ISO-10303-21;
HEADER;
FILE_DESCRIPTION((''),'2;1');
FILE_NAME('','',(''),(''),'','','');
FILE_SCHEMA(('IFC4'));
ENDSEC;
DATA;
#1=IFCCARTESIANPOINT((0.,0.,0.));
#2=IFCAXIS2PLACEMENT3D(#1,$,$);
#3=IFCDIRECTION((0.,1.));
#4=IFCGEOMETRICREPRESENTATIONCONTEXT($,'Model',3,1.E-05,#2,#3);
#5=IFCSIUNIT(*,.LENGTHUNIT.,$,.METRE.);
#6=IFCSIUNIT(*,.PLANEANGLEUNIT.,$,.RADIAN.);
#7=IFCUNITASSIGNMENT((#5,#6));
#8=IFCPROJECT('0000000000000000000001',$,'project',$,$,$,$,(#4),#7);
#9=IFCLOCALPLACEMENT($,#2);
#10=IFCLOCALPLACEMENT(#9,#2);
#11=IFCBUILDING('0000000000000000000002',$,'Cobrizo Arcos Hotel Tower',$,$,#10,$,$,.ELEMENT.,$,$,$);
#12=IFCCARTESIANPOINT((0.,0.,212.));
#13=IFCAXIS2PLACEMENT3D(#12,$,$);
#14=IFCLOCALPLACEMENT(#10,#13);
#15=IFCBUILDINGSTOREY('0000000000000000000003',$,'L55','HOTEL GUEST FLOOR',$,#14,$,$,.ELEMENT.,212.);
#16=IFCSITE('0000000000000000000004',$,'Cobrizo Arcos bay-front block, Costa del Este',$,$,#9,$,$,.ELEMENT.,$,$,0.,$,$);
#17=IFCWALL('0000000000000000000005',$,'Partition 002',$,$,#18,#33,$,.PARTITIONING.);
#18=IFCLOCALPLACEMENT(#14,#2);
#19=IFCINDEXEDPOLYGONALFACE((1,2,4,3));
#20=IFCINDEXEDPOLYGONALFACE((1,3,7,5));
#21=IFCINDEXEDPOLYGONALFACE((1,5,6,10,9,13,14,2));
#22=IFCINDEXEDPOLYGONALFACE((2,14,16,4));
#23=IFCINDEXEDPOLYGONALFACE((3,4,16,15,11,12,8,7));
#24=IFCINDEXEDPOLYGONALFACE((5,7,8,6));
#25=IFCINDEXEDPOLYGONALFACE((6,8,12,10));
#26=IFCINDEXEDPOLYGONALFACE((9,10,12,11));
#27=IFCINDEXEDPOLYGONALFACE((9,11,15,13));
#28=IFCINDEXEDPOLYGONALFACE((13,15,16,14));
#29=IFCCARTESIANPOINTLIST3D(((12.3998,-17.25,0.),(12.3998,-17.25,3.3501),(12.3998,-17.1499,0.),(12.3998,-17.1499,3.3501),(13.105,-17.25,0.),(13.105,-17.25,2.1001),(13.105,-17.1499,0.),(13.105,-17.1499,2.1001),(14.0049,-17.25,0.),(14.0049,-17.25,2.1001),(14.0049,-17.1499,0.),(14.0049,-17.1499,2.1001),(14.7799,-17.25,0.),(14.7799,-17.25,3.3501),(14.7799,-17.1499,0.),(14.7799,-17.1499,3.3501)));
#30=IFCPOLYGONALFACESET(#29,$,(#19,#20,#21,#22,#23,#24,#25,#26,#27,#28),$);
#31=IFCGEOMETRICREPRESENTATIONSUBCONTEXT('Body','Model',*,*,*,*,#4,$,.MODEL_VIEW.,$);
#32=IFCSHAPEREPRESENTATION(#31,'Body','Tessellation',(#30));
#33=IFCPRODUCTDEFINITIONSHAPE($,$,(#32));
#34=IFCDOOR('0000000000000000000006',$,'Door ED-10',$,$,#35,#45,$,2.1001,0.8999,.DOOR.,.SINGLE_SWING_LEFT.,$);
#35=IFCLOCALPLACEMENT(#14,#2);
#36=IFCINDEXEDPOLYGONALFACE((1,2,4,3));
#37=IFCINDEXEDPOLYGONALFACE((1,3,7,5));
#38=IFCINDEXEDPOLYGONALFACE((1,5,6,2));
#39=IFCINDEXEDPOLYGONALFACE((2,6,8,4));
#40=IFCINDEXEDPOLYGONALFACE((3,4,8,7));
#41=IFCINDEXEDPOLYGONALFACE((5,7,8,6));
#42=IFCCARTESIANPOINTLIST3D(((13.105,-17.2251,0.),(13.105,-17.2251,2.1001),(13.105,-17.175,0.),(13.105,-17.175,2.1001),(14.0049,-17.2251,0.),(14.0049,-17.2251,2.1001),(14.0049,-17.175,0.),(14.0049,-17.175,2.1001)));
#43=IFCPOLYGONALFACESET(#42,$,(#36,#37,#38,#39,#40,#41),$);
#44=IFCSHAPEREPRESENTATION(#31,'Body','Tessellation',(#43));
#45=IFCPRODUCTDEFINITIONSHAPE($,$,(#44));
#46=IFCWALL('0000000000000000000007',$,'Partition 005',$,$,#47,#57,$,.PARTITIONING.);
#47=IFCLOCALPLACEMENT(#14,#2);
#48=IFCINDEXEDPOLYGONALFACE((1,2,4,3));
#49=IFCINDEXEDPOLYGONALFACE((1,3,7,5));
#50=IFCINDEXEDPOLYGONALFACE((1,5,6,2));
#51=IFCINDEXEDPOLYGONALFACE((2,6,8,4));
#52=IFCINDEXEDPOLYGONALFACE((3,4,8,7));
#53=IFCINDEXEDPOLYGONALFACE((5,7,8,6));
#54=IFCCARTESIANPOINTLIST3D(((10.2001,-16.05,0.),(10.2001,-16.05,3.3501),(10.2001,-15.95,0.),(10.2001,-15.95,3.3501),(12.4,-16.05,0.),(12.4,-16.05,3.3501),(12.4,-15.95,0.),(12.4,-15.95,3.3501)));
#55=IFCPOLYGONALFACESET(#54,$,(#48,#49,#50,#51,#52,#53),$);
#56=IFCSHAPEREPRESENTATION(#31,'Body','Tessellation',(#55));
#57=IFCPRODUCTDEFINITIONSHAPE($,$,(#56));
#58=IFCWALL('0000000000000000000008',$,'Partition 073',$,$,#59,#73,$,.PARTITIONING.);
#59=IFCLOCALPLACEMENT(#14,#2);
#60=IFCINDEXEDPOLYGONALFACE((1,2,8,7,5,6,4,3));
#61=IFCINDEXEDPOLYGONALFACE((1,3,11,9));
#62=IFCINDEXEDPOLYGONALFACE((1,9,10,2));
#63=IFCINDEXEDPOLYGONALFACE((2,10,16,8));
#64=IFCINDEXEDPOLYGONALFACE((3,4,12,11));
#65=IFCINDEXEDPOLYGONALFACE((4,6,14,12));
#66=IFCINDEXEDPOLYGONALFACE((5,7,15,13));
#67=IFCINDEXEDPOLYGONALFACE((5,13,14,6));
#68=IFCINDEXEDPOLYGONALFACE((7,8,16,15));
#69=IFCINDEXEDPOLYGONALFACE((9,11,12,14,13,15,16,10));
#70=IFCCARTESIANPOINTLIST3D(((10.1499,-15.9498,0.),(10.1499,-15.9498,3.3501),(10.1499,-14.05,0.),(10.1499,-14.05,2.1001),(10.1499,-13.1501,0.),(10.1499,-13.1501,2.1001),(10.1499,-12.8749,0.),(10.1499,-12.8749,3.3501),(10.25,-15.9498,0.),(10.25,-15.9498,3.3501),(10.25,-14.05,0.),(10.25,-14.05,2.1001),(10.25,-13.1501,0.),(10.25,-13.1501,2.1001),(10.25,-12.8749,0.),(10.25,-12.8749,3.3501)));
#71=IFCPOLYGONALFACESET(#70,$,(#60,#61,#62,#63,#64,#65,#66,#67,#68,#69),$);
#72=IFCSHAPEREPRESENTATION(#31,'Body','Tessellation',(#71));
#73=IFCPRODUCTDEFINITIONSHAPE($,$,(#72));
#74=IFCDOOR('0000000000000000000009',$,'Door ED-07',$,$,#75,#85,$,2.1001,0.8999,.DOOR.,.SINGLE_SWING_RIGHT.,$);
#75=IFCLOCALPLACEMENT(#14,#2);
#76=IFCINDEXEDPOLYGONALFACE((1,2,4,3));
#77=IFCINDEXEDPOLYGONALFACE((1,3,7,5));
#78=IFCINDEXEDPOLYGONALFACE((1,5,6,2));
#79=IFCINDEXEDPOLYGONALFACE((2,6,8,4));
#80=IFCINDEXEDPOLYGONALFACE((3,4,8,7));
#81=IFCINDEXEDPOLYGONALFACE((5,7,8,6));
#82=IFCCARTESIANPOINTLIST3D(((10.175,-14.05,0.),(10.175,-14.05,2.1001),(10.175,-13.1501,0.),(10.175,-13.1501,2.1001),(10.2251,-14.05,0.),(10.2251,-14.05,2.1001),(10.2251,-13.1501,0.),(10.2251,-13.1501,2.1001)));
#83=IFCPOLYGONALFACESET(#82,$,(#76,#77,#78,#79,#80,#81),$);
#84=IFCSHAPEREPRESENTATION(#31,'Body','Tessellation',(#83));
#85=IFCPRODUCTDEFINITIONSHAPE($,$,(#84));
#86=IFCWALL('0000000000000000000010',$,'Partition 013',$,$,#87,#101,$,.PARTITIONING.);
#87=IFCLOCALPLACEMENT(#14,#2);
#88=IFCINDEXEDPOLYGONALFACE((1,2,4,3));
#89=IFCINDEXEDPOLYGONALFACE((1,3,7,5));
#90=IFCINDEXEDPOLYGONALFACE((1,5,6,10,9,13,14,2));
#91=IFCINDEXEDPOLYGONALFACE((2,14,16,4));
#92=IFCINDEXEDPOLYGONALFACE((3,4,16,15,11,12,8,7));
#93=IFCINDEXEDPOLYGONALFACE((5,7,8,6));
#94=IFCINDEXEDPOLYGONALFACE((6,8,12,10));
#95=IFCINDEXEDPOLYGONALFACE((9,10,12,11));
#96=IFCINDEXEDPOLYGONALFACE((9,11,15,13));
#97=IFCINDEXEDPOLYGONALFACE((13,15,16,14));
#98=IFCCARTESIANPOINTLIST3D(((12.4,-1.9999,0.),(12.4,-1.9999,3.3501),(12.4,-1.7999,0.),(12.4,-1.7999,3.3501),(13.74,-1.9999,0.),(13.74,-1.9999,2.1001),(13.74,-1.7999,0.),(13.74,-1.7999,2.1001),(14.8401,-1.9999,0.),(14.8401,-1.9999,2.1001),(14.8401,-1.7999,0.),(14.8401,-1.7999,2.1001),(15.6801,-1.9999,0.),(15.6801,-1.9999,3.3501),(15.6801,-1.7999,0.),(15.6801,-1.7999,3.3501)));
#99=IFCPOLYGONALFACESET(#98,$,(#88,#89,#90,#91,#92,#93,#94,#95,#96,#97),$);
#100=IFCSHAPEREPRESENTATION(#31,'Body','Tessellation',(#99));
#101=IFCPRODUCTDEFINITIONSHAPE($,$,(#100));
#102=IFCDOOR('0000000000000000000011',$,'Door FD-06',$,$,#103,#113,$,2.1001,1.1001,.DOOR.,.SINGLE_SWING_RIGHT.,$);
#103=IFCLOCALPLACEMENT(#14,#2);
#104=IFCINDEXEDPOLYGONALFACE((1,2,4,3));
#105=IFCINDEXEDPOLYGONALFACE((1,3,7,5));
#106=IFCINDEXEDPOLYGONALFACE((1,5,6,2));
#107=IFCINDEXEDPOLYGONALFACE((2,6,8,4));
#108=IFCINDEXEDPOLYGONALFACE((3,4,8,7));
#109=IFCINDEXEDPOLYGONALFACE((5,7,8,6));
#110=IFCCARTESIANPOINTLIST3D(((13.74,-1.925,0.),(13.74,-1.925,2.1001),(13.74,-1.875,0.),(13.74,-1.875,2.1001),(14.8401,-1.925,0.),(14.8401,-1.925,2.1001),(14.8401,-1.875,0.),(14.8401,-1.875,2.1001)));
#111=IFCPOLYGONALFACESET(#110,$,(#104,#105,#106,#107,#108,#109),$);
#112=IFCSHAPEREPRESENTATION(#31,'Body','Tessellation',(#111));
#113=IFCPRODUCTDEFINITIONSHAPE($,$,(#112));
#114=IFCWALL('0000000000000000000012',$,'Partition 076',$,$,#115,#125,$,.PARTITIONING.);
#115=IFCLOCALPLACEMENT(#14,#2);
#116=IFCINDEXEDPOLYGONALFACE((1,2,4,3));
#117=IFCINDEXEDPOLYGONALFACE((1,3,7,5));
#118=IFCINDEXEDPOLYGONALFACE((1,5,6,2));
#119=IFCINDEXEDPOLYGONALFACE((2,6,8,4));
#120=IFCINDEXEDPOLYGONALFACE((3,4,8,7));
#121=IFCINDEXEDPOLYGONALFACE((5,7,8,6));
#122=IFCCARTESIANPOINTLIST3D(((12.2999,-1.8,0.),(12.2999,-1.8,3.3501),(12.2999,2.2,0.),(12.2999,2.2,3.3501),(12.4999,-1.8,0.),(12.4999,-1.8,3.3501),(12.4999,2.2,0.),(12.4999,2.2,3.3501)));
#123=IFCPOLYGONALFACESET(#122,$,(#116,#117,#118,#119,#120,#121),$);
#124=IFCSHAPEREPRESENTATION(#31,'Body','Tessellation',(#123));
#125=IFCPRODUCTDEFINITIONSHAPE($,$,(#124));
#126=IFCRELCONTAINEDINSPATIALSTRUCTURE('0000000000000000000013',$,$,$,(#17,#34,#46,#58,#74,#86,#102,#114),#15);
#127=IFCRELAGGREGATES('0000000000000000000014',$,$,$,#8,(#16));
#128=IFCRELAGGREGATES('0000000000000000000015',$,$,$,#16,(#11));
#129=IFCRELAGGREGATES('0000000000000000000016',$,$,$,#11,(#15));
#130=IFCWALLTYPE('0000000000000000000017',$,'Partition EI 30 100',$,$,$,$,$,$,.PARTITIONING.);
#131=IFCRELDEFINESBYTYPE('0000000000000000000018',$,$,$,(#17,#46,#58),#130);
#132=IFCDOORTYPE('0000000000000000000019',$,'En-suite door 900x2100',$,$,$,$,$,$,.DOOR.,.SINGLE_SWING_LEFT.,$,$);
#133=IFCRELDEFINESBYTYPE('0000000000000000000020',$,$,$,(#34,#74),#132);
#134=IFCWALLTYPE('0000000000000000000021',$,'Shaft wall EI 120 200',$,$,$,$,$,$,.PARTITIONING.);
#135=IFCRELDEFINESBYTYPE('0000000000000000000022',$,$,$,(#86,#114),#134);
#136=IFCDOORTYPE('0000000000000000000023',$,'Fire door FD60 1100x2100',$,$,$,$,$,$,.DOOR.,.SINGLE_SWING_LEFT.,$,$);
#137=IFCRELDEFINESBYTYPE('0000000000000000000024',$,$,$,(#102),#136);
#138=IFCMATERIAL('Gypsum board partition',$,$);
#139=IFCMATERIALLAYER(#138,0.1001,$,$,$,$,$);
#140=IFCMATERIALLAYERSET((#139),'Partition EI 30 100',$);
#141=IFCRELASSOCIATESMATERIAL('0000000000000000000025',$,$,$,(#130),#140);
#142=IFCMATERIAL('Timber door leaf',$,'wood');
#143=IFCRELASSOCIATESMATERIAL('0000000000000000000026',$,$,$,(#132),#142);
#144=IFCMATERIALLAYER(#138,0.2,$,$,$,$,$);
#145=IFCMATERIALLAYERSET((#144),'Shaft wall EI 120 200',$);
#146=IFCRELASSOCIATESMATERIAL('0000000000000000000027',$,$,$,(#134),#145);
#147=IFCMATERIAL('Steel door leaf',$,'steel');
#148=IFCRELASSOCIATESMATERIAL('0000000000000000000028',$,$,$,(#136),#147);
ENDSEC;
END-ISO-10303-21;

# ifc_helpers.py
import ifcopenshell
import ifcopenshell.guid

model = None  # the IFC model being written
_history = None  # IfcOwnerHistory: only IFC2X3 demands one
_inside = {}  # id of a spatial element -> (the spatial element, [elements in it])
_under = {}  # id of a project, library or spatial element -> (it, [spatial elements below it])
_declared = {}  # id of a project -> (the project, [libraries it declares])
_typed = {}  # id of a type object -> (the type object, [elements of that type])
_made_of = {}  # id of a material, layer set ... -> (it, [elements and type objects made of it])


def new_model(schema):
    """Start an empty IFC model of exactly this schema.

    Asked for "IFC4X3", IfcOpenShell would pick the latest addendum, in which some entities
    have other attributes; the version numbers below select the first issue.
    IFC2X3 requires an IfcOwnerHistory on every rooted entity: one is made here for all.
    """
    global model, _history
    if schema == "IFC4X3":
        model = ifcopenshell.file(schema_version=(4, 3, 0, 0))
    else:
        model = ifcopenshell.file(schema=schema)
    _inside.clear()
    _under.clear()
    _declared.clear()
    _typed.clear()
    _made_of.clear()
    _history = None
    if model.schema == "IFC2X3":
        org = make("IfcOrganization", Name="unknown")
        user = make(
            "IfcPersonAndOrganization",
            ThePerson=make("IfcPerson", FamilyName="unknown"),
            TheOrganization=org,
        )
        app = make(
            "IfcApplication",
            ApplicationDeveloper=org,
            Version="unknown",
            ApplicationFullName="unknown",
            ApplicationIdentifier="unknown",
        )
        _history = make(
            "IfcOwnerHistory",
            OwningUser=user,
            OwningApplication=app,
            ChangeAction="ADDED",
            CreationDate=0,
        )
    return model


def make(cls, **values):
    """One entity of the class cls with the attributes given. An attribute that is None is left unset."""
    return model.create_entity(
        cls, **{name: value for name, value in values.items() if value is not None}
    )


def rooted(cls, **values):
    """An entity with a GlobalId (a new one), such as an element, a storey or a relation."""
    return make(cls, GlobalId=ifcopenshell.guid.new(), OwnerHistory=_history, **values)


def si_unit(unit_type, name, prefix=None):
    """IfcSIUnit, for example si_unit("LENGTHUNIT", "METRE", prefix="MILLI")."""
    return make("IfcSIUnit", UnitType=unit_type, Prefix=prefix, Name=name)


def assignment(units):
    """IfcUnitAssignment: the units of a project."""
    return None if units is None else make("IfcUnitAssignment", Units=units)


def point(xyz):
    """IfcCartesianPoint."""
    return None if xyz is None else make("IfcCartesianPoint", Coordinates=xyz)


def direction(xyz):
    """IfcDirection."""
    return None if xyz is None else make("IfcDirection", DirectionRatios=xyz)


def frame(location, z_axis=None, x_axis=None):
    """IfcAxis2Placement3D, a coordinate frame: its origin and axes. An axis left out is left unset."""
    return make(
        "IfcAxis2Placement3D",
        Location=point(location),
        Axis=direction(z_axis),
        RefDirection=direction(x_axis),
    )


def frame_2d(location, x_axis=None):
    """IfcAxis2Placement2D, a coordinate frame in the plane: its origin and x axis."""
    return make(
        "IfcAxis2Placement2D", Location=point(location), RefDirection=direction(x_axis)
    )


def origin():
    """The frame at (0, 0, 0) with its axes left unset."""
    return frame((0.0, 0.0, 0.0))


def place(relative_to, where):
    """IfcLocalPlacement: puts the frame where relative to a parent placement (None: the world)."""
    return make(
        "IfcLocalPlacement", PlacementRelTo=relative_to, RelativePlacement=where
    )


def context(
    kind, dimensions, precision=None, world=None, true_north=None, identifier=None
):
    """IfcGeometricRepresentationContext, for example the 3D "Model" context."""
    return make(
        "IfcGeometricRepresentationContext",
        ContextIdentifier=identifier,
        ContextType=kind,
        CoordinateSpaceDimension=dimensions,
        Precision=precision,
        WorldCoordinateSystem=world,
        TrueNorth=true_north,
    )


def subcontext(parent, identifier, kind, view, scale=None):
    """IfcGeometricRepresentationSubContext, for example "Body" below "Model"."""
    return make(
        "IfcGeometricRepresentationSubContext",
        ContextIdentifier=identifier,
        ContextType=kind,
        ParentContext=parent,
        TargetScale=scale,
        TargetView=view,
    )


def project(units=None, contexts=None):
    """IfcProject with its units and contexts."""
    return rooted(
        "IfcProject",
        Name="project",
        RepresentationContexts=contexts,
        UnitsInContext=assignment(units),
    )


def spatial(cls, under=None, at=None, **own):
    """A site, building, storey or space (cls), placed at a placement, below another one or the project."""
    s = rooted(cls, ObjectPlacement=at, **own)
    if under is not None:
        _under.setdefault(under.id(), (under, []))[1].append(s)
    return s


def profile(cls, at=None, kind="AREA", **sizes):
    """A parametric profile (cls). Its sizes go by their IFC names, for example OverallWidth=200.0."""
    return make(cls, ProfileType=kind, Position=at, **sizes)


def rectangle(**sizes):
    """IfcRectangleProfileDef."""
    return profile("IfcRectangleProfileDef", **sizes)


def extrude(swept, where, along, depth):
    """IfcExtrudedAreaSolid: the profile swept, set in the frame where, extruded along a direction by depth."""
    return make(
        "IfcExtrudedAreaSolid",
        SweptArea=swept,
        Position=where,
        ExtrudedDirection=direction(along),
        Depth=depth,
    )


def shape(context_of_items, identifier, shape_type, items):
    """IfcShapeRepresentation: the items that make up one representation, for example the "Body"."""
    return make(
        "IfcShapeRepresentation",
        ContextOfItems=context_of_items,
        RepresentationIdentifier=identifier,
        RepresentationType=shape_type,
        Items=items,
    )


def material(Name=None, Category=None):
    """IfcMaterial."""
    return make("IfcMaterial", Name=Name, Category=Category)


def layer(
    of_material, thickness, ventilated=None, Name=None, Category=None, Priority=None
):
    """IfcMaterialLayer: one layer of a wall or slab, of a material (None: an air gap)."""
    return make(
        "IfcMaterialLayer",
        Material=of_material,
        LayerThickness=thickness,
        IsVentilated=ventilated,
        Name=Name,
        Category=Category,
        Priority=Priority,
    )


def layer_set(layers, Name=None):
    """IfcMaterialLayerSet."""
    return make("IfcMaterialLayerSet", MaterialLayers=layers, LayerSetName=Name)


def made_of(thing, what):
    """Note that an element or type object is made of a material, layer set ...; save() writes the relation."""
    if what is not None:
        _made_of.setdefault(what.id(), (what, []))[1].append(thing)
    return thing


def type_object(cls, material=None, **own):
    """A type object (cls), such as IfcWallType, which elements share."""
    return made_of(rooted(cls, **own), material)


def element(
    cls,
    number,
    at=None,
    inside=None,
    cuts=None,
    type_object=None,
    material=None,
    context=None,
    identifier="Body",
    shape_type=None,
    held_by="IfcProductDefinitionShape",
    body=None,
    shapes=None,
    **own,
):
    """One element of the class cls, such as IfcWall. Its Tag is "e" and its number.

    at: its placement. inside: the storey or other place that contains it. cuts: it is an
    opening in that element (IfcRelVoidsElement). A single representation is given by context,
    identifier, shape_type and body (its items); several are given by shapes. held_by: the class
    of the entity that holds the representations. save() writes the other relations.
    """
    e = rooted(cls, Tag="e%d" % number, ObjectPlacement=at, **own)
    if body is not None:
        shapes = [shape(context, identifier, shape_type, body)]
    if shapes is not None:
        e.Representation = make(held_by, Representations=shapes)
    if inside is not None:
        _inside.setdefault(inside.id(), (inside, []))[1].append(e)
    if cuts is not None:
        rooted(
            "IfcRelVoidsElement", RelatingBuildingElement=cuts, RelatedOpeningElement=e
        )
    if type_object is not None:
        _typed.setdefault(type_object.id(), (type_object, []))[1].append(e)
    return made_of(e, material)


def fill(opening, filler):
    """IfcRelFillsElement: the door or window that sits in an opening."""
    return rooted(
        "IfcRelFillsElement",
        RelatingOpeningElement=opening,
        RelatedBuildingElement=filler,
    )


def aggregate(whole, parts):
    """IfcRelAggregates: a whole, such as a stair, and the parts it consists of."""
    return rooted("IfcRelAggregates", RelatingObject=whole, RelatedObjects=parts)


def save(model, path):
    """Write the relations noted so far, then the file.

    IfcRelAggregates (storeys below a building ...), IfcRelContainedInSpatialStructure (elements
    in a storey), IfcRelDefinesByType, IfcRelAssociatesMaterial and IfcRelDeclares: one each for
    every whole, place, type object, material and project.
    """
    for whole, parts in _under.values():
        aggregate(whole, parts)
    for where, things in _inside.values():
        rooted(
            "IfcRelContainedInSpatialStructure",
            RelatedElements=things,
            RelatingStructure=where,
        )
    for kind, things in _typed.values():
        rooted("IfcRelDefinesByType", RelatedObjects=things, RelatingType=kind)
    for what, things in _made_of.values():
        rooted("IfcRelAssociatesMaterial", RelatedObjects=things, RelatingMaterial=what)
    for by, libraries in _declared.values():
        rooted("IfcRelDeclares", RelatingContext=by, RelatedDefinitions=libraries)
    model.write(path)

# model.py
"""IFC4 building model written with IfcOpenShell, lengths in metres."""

from ifc_helpers import new_model, si_unit, direction, frame, frame_2d, origin, place, context, subcontext, project, spatial, rectangle, extrude, material, layer, layer_set, type_object, element, fill, save


model = new_model("IFC4")

# Units and contexts
model_context = context("Model", 3, precision=1e-05, world=origin(), true_north=direction((0.0, 1.0)))
body_context = subcontext(model_context, "Body", "Model", "MODEL_VIEW")
ifc_project = project(units=[si_unit("LENGTHUNIT", "METRE"), si_unit("PLANEANGLEUNIT", "RADIAN")], contexts=[model_context])

# Site, building, storey
site_placement = place(None, origin())
site = spatial("IfcSite", under=ifc_project, at=site_placement, Name="Cobrizo Arcos bay-front block, Costa del Este", CompositionType="ELEMENT", RefElevation=0.0)
building_placement = place(site_placement, origin())
building = spatial("IfcBuilding", under=site, at=building_placement, Name="Cobrizo Arcos Hotel Tower", CompositionType="ELEMENT")
storey_placement = place(building_placement, frame((0.0, 0.0, 212.0)))
storey = spatial("IfcBuildingStorey", under=building, at=storey_placement, Name="L55", Description="HOTEL GUEST FLOOR", CompositionType="ELEMENT", Elevation=212.0)

# Shared definitions
ifc_material_1 = material(Name="Gypsum board partition")

# Shared definitions
ifc_material_2 = material(Name="Timber door leaf", Category="wood")

# Wall, opening, door
ifc_layer_1 = layer(ifc_material_1, 0.1001)
ifc_layer_set_1 = layer_set([ifc_layer_1], Name="Partition EI 30 100")
wall_type_1 = type_object("IfcWallType", Name="Partition EI 30 100", PredefinedType="PARTITIONING", material=ifc_layer_set_1)
wall_1_placement = place(storey_placement, frame((12.3999, -17.2, 0.0), z_axis=(0.0, 0.0, 1.0), x_axis=(1.0, 0.0, 0.0)))
wall_1 = element("IfcWall", 1, at=wall_1_placement, inside=storey, type_object=wall_type_1, Name="Partition 002", PredefinedType="PARTITIONING", context=body_context, shape_type="SweptSolid", body=[
    extrude(rectangle(XDim=2.3801, YDim=0.1001, at=frame_2d((1.1899, 0.0))), origin(), (0.0, 0.0, 1.0), 3.3501),
])
opening_1_placement = place(wall_1_placement, frame((0.7051, 0.0, 0.0)))
opening_1 = element("IfcOpeningElement", 2, at=opening_1_placement, cuts=wall_1, PredefinedType="OPENING", context=body_context, shape_type="SweptSolid", body=[
    extrude(rectangle(XDim=0.8999, YDim=2.1001, at=frame_2d((0.45, 1.05))), frame((0.0, 0.062, 0.0), z_axis=(0.0, -1.0, 0.0), x_axis=(1.0, 0.0, 0.0)), (0.0, 0.0, 1.0), 0.124),
])
door_type_1 = type_object("IfcDoorType", Name="En-suite door 900x2100", OperationType="SINGLE_SWING_LEFT", PredefinedType="DOOR", material=ifc_material_2)
door_1_placement = place(opening_1_placement, origin())
door_1 = element("IfcDoor", 3, at=door_1_placement, inside=storey, type_object=door_type_1, Name="Door ED-10", OperationType="SINGLE_SWING_LEFT", OverallHeight=2.1001, OverallWidth=0.8999, PredefinedType="DOOR", context=body_context, shape_type="SweptSolid", body=[
    extrude(rectangle(XDim=0.8999, YDim=2.1001, at=frame_2d((0.45, 1.05))), frame((0.0, 0.0249, 0.0), z_axis=(0.0, -1.0, 0.0), x_axis=(1.0, 0.0, 0.0)), (0.0, 0.0, 1.0), 0.05),
])
fill(opening_1, door_1)

# Wall
wall_2_placement = place(storey_placement, frame((10.2, -16.0, 0.0), z_axis=(0.0, 0.0, 1.0), x_axis=(1.0, 0.0, 0.0)))
element("IfcWall", 4, at=wall_2_placement, inside=storey, type_object=wall_type_1, Name="Partition 005", PredefinedType="PARTITIONING", context=body_context, shape_type="SweptSolid", body=[
    extrude(rectangle(XDim=2.2, YDim=0.1001, at=frame_2d((1.1001, 0.0))), origin(), (0.0, 0.0, 1.0), 3.3501),
])

# Walls, openings, doors
wall_3_placement = place(storey_placement, frame((10.2, -15.95, 0.0), z_axis=(0.0, 0.0, 1.0), x_axis=(0.0, 1.0, 0.0)))
wall_3 = element("IfcWall", 5, at=wall_3_placement, inside=storey, type_object=wall_type_1, Name="Partition 073", PredefinedType="PARTITIONING", context=body_context, shape_type="SweptSolid", body=[
    extrude(rectangle(XDim=3.075, YDim=0.1001, at=frame_2d((1.5376, 0.0))), origin(), (0.0, 0.0, 1.0), 3.3501),
])
opening_2_placement = place(wall_3_placement, frame((1.8999, 0.0, 0.0)))
opening_2 = element("IfcOpeningElement", 6, at=opening_2_placement, cuts=wall_3, PredefinedType="OPENING", context=body_context, shape_type="SweptSolid", body=[
    extrude(rectangle(XDim=0.8999, YDim=2.1001, at=frame_2d((0.45, 1.05))), frame((0.0, 0.062, 0.0), z_axis=(0.0, -1.0, 0.0), x_axis=(1.0, 0.0, 0.0)), (0.0, 0.0, 1.0), 0.124),
])
door_2_placement = place(opening_2_placement, origin())
door_2 = element("IfcDoor", 7, at=door_2_placement, inside=storey, type_object=door_type_1, Name="Door ED-07", OperationType="SINGLE_SWING_RIGHT", OverallHeight=2.1001, OverallWidth=0.8999, PredefinedType="DOOR", context=body_context, shape_type="SweptSolid", body=[
    extrude(rectangle(XDim=0.8999, YDim=2.1001, at=frame_2d((0.45, 1.05))), frame((0.0, 0.0249, 0.0), z_axis=(0.0, -1.0, 0.0), x_axis=(1.0, 0.0, 0.0)), (0.0, 0.0, 1.0), 0.05),
])
fill(opening_2, door_2)
ifc_layer_2 = layer(ifc_material_1, 0.2)
ifc_layer_set_2 = layer_set([ifc_layer_2], Name="Shaft wall EI 120 200")
wall_type_2 = type_object("IfcWallType", Name="Shaft wall EI 120 200", PredefinedType="PARTITIONING", material=ifc_layer_set_2)
wall_4_placement = place(storey_placement, frame((12.3999, -1.8999, 0.0), z_axis=(0.0, 0.0, 1.0), x_axis=(1.0, 0.0, 0.0)))
wall_4 = element("IfcWall", 8, at=wall_4_placement, inside=storey, type_object=wall_type_2, Name="Partition 013", PredefinedType="PARTITIONING", context=body_context, shape_type="SweptSolid", body=[
    extrude(rectangle(XDim=3.28, YDim=0.2, at=frame_2d((1.6401, 0.0))), origin(), (0.0, 0.0, 1.0), 3.3501),
])
opening_3_placement = place(wall_4_placement, frame((1.3401, 0.0, 0.0)))
opening_3 = element("IfcOpeningElement", 9, at=opening_3_placement, cuts=wall_4, PredefinedType="OPENING", context=body_context, shape_type="SweptSolid", body=[
    extrude(rectangle(XDim=1.1001, YDim=2.1001, at=frame_2d((0.55, 1.05))), frame((0.0, 0.1121, 0.0), z_axis=(0.0, -1.0, 0.0), x_axis=(1.0, 0.0, 0.0)), (0.0, 0.0, 1.0), 0.2239),
])
ifc_material_3 = material(Name="Steel door leaf", Category="steel")
door_type_2 = type_object("IfcDoorType", Name="Fire door FD60 1100x2100", OperationType="SINGLE_SWING_LEFT", PredefinedType="DOOR", material=ifc_material_3)
door_3_placement = place(opening_3_placement, origin())
door_3 = element("IfcDoor", 10, at=door_3_placement, inside=storey, type_object=door_type_2, Name="Door FD-06", OperationType="SINGLE_SWING_RIGHT", OverallHeight=2.1001, OverallWidth=1.1001, PredefinedType="DOOR", context=body_context, shape_type="SweptSolid", body=[
    extrude(rectangle(XDim=1.1001, YDim=2.1001, at=frame_2d((0.55, 1.05))), frame((0.0, 0.0249, 0.0), z_axis=(0.0, -1.0, 0.0), x_axis=(1.0, 0.0, 0.0)), (0.0, 0.0, 1.0), 0.05),
])
fill(opening_3, door_3)

# Wall
wall_5_placement = place(storey_placement, frame((12.3999, -1.8, 0.0), z_axis=(0.0, 0.0, 1.0), x_axis=(0.0, 1.0, 0.0)))
element("IfcWall", 11, at=wall_5_placement, inside=storey, type_object=wall_type_2, Name="Partition 076", PredefinedType="PARTITIONING", context=body_context, shape_type="SweptSolid", body=[
    extrude(rectangle(XDim=4.0, YDim=0.2, at=frame_2d((2.0, 0.0))), origin(), (0.0, 0.0, 1.0), 3.3501),
])

save(model, "model.ifc")
